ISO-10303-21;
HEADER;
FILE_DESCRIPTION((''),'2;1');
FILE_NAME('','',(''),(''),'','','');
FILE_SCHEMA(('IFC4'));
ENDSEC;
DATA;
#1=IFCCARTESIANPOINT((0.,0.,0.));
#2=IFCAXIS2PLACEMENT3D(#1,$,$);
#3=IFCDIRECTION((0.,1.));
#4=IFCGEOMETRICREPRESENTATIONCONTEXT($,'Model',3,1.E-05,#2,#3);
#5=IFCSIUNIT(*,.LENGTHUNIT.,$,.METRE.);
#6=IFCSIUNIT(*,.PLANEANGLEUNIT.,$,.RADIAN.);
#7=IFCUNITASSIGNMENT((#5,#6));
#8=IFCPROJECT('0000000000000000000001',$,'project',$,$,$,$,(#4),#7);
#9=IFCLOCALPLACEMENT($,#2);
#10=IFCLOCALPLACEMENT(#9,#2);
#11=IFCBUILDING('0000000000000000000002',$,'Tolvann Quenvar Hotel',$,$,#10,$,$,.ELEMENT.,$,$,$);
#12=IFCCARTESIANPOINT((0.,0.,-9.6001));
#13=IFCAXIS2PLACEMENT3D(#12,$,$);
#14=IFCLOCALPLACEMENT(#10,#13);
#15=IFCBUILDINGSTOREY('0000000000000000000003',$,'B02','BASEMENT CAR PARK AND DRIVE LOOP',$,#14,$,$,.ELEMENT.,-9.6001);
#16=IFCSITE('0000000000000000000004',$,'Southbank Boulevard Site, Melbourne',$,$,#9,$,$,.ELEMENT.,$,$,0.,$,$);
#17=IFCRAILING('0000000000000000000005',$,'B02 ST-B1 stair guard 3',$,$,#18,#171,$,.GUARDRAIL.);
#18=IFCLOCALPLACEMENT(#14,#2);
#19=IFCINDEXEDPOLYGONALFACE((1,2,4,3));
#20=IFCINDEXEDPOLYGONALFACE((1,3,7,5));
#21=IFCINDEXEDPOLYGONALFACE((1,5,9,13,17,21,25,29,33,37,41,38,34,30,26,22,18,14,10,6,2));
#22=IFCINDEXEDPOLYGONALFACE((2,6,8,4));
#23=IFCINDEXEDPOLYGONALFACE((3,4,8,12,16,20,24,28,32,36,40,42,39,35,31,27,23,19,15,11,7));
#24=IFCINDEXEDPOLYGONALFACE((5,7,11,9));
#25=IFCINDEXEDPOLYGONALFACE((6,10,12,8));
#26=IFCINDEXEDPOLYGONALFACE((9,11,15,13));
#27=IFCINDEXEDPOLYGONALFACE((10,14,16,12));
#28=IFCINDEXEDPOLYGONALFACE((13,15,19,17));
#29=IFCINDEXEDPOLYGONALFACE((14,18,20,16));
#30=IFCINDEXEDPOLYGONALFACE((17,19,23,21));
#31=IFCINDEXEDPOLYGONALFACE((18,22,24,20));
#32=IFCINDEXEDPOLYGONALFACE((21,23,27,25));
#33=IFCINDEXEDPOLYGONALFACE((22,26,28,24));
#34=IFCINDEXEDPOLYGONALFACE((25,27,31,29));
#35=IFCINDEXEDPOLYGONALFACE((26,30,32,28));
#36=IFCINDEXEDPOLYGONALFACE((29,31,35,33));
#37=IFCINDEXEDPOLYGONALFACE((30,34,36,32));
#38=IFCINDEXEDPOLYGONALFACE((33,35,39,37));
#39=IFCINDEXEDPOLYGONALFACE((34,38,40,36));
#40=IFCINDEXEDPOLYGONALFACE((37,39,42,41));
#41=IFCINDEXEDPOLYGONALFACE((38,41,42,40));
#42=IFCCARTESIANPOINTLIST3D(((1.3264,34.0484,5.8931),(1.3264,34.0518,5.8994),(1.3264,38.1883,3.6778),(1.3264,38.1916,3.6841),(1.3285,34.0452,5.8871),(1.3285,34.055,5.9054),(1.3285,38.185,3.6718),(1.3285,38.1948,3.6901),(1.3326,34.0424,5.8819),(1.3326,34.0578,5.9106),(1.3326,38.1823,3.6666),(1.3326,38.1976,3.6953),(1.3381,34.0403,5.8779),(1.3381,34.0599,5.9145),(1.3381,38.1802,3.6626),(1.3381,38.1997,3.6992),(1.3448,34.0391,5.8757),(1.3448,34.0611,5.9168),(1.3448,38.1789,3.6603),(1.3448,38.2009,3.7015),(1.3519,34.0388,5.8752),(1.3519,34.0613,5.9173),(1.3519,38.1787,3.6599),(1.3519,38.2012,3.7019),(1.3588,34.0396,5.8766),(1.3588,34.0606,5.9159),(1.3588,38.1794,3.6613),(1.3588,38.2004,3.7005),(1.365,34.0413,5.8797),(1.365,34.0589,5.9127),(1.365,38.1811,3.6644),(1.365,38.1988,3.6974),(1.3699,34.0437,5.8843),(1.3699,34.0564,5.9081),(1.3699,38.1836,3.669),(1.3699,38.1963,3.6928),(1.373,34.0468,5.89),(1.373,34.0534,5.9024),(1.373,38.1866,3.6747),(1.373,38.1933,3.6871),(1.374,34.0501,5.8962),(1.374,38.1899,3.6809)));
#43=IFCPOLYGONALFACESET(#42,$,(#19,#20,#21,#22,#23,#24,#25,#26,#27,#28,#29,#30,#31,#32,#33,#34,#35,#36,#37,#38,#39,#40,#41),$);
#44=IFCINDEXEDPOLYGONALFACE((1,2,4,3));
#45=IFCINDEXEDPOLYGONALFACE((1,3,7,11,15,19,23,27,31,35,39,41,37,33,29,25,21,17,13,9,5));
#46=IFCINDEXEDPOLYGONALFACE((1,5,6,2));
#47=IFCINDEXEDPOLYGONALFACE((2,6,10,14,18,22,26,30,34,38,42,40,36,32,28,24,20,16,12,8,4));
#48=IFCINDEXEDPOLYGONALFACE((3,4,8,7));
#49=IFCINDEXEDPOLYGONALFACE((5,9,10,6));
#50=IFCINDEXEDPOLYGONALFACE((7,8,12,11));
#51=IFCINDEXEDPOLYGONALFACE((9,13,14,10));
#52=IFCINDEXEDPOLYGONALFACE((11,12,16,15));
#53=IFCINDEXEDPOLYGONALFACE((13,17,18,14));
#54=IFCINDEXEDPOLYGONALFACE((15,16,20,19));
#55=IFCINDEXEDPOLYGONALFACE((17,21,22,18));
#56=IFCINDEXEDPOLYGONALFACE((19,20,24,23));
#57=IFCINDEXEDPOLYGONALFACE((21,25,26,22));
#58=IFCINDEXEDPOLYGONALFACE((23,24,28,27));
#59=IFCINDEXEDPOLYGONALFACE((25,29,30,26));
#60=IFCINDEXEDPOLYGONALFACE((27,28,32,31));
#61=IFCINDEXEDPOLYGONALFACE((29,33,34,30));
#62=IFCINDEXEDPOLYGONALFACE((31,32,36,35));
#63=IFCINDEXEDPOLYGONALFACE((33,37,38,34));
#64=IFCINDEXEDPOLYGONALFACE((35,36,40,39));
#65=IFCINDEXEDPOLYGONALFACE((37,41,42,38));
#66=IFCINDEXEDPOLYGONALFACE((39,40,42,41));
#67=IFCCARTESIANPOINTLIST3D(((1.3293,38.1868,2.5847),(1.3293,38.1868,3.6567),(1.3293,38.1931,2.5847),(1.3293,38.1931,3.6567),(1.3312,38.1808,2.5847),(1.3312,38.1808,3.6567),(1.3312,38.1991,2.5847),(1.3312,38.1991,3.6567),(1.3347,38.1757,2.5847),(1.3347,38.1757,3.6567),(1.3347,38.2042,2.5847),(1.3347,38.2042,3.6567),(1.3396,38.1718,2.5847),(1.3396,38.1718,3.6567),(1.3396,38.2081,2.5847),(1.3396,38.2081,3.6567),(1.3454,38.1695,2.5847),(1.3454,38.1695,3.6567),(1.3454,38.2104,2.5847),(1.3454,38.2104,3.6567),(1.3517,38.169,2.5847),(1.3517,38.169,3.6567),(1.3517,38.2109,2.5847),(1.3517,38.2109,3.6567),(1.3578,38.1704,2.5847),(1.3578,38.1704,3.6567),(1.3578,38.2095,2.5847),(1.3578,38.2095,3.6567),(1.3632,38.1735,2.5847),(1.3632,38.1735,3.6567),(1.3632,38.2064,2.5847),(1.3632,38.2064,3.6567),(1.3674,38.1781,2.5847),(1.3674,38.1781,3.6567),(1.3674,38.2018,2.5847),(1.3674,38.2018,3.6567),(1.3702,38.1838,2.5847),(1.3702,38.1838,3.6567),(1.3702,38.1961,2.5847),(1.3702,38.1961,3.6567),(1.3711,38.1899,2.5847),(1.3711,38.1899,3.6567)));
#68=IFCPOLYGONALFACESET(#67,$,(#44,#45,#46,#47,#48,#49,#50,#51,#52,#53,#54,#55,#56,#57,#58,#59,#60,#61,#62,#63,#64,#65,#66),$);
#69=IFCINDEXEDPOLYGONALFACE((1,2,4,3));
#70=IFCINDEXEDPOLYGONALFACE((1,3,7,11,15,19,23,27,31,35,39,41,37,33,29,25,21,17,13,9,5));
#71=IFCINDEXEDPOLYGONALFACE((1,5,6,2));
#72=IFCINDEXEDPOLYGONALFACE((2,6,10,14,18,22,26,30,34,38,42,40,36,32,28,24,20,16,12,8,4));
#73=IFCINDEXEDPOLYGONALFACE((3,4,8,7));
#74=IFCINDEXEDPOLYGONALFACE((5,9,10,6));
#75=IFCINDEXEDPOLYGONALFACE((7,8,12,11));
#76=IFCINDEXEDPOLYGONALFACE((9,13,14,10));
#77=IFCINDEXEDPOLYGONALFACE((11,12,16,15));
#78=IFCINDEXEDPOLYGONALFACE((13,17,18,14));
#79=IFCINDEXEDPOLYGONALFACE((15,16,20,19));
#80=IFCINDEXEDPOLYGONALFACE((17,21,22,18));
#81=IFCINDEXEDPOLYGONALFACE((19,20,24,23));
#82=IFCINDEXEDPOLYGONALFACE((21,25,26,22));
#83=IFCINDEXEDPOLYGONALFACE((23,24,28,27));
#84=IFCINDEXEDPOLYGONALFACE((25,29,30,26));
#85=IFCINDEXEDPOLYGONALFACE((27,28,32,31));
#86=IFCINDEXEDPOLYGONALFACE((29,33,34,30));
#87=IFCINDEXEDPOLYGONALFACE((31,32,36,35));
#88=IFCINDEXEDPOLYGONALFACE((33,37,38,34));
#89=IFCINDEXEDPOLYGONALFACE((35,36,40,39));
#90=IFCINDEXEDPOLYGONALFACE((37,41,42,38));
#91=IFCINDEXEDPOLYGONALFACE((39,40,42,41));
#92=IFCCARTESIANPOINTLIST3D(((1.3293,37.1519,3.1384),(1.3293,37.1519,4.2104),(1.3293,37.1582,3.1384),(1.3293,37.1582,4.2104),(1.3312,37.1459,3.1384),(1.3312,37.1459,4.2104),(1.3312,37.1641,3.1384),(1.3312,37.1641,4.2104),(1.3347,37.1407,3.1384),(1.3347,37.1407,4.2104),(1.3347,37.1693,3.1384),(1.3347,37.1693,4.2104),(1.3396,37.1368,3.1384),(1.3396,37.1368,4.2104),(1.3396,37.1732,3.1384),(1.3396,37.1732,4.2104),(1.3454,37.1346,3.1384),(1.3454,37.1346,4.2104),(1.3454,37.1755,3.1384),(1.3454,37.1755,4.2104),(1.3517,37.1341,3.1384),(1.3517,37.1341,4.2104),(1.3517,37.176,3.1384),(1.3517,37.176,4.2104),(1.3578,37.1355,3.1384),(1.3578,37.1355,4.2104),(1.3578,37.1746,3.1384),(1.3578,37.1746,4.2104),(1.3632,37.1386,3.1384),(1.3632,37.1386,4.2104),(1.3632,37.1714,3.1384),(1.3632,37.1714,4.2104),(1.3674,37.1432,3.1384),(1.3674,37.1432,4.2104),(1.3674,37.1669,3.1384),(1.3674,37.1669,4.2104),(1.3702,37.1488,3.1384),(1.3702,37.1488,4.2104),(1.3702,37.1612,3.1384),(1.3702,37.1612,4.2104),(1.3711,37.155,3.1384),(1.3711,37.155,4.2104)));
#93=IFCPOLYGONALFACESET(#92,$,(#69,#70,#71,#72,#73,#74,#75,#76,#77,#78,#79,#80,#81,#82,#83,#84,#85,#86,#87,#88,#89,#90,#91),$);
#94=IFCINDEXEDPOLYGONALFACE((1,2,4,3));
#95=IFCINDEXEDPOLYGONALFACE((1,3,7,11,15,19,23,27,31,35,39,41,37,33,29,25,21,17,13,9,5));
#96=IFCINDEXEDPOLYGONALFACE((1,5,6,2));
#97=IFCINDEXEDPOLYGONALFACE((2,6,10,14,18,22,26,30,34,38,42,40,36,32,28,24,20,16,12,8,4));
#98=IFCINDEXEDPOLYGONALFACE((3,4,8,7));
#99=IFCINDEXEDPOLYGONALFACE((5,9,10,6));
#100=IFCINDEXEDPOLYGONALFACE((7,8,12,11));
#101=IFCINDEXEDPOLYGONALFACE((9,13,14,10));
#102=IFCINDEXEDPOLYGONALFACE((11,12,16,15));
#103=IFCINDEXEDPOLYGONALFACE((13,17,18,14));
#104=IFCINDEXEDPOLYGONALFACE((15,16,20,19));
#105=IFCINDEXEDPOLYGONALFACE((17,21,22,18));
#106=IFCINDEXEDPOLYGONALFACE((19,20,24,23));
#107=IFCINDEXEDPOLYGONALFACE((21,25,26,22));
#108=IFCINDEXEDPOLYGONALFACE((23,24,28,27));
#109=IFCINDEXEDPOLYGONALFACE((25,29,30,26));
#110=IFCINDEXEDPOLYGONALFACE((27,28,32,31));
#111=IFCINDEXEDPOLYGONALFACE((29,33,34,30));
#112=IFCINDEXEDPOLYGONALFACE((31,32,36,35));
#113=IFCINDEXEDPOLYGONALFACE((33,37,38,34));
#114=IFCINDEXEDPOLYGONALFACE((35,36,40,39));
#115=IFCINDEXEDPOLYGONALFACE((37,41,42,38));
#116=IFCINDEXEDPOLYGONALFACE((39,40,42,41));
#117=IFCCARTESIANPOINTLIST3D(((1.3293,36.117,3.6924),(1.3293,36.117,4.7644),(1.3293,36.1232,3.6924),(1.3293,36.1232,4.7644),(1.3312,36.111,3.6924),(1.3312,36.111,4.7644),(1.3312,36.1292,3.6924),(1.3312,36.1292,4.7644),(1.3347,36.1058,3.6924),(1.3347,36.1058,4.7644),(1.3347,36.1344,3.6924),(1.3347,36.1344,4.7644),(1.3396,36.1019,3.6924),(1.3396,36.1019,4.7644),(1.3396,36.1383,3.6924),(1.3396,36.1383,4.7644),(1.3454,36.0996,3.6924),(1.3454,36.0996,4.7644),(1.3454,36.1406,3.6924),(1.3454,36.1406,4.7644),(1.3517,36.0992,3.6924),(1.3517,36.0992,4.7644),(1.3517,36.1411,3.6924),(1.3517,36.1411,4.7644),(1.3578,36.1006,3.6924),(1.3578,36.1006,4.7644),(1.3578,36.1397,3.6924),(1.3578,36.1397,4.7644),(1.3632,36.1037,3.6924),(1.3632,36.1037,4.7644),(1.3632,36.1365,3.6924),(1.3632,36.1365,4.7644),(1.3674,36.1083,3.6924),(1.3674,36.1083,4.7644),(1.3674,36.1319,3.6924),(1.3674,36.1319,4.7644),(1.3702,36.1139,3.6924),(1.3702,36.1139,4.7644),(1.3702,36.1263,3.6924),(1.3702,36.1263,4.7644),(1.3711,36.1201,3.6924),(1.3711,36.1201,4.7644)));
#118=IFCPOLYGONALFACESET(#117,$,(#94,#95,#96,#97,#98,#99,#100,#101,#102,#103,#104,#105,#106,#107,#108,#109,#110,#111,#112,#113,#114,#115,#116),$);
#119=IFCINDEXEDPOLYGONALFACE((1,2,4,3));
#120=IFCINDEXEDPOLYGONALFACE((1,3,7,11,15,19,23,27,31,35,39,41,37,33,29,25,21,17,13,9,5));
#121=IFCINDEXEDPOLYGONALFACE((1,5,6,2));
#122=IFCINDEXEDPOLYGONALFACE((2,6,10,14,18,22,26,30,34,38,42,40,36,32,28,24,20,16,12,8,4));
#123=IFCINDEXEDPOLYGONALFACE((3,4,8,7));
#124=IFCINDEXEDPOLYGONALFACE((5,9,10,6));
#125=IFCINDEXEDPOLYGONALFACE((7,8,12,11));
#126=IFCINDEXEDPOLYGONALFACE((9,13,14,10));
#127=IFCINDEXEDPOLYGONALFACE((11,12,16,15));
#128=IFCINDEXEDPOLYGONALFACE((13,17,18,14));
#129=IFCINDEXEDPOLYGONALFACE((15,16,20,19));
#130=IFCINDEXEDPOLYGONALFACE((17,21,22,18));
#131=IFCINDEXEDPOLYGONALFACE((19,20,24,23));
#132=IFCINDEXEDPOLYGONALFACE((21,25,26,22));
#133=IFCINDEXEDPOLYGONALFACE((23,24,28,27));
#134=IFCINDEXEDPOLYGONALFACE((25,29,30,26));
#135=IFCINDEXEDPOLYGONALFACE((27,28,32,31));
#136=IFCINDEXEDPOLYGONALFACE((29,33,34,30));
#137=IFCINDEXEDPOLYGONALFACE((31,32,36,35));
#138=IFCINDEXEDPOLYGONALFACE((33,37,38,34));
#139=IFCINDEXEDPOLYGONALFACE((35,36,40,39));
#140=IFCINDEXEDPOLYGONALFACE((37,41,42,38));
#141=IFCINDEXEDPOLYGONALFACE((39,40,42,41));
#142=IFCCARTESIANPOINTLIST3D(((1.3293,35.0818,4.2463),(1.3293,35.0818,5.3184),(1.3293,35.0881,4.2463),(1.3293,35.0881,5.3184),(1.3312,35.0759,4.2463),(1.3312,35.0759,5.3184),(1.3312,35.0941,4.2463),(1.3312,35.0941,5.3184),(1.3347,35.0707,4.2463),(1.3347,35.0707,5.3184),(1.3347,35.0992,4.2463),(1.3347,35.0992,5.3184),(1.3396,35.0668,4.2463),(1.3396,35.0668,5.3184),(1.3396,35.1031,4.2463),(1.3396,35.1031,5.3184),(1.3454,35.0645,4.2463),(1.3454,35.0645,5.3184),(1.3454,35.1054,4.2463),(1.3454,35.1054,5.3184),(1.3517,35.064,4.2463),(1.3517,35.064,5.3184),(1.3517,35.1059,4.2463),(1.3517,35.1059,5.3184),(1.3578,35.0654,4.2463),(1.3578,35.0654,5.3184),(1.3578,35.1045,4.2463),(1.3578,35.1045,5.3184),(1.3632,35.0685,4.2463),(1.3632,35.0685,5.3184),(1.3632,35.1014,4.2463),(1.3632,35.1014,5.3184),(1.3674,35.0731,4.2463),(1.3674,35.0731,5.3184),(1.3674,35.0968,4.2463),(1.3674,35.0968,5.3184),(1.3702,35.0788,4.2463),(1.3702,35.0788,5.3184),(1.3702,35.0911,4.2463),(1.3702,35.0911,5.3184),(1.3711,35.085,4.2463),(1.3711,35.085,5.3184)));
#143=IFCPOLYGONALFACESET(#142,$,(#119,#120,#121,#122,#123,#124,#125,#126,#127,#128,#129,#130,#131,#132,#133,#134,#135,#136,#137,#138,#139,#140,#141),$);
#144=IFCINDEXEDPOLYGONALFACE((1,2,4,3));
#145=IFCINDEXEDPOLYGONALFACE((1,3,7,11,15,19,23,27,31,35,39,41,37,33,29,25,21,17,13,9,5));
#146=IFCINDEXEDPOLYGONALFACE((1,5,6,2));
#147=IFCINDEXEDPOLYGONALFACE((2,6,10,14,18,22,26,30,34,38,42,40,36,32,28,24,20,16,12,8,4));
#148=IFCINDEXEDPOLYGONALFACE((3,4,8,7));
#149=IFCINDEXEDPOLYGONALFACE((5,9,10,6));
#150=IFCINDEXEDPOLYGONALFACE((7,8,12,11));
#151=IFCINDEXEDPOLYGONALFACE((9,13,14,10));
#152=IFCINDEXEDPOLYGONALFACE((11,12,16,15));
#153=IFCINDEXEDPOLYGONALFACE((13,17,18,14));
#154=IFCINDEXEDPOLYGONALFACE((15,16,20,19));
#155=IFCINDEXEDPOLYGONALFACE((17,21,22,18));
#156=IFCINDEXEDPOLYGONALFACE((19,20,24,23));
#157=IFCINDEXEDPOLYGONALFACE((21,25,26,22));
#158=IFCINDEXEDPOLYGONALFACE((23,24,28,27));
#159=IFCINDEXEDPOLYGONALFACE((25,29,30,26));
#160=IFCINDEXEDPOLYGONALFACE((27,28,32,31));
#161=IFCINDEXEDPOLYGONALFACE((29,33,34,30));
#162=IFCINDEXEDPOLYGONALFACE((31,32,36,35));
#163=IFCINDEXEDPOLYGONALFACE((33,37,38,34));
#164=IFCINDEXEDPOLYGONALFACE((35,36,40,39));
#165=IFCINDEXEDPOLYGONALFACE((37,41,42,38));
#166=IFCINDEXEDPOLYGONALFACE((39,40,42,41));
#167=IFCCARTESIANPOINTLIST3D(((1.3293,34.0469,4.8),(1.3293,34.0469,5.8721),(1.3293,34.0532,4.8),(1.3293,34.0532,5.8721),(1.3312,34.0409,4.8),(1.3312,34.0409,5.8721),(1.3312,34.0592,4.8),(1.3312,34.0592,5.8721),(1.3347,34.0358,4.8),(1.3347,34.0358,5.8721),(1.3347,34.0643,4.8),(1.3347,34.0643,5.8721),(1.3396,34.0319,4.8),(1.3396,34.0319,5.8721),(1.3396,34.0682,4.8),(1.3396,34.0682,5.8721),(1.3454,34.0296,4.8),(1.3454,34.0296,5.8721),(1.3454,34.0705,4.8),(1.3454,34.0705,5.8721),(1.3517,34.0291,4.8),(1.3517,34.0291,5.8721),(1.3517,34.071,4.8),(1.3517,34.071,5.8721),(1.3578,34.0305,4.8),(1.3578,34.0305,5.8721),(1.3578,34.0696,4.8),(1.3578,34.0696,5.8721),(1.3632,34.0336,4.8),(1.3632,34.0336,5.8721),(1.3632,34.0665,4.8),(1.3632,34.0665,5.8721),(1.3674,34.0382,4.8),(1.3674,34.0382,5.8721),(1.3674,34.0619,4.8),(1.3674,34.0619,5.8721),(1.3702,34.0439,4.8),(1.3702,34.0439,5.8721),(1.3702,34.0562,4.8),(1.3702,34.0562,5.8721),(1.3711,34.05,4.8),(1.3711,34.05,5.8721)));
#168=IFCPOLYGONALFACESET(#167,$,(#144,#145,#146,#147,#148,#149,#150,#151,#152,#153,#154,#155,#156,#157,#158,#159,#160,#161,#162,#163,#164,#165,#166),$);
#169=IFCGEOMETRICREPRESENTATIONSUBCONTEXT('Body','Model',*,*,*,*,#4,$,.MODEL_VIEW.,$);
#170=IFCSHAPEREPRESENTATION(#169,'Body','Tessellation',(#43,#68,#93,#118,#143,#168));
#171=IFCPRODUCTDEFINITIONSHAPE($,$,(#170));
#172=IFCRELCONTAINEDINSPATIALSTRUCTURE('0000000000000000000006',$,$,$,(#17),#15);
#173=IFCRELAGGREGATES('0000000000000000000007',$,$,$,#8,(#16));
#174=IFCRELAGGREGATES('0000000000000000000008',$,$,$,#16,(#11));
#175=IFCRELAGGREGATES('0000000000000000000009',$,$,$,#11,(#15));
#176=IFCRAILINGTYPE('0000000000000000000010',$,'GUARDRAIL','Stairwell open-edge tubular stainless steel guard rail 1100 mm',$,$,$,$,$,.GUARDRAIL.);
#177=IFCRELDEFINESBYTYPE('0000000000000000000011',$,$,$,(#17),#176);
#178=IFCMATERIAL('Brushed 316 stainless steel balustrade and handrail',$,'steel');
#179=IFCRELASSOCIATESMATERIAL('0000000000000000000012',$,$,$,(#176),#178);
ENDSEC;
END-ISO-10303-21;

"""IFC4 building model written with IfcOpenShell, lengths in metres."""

from ifc_helpers import new_model, si_unit, direction, frame, origin, origin_2d, place, context, subcontext, project, spatial, circle, extrude, material, type_object, element, save


model = new_model("IFC4")

# Units and contexts
model_context = context("Model", 3, precision=1e-05, world=origin(), true_north=direction((0.0, 1.0)))
body_context = subcontext(model_context, "Body", "Model", "MODEL_VIEW")
ifc_project = project(units=[si_unit("LENGTHUNIT", "METRE"), si_unit("PLANEANGLEUNIT", "RADIAN")], contexts=[model_context])

# Site, building, storey
site_placement = place(None, origin())
site = spatial("IfcSite", under=ifc_project, at=site_placement, Name="Southbank Boulevard Site, Melbourne", CompositionType="ELEMENT", RefElevation=0.0)
building_placement = place(site_placement, origin())
building = spatial("IfcBuilding", under=site, at=building_placement, Name="Tolvann Quenvar Hotel", CompositionType="ELEMENT")
storey_placement = place(building_placement, frame((0.0, 0.0, -9.6001)))
storey = spatial("IfcBuildingStorey", under=building, at=storey_placement, Name="B02", Description="BASEMENT CAR PARK AND DRIVE LOOP", CompositionType="ELEMENT", Elevation=-9.6001)

# Railing
ifc_material_1 = material(Name="Brushed 316 stainless steel balustrade and handrail", Category="steel")
railing_type_1 = type_object("IfcRailingType", Name="GUARDRAIL", Description="Stairwell open-edge tubular stainless steel guard rail 1100 mm", PredefinedType="GUARDRAIL", material=ifc_material_1)
railing_1_placement = place(storey_placement, frame((1.3501, 38.1899, 2.5847)))
element("IfcRailing", 1, at=railing_1_placement, inside=storey, type_object=railing_type_1, Name="B02 ST-B1 stair guard 3", PredefinedType="GUARDRAIL", context=body_context, shape_type="SweptSolid", body=[
    extrude(circle(Radius=0.0239, at=origin_2d()), frame((0.0, 0.0, 1.0962), z_axis=(0.0, -0.881699, 0.471813), x_axis=(1.0, 0.0, 0.0)), (0.0, 0.0, 1.0), 4.6953),
    extrude(circle(Radius=0.021, at=origin_2d()), origin(), (0.0, 0.0, 1.0), 1.072),
    extrude(circle(Radius=0.021, at=origin_2d()), frame((0.0, -1.0349, 0.5537)), (0.0, 0.0, 1.0), 1.072),
    extrude(circle(Radius=0.021, at=origin_2d()), frame((0.0, -2.0698, 1.1077)), (0.0, 0.0, 1.0), 1.072),
    extrude(circle(Radius=0.021, at=origin_2d()), frame((0.0, -3.105, 1.6616)), (0.0, 0.0, 1.0), 1.072),
    extrude(circle(Radius=0.021, at=origin_2d()), frame((0.0, -4.1399, 2.2153)), (0.0, 0.0, 1.0), 1.072),
])

save(model, "model.ifc")
